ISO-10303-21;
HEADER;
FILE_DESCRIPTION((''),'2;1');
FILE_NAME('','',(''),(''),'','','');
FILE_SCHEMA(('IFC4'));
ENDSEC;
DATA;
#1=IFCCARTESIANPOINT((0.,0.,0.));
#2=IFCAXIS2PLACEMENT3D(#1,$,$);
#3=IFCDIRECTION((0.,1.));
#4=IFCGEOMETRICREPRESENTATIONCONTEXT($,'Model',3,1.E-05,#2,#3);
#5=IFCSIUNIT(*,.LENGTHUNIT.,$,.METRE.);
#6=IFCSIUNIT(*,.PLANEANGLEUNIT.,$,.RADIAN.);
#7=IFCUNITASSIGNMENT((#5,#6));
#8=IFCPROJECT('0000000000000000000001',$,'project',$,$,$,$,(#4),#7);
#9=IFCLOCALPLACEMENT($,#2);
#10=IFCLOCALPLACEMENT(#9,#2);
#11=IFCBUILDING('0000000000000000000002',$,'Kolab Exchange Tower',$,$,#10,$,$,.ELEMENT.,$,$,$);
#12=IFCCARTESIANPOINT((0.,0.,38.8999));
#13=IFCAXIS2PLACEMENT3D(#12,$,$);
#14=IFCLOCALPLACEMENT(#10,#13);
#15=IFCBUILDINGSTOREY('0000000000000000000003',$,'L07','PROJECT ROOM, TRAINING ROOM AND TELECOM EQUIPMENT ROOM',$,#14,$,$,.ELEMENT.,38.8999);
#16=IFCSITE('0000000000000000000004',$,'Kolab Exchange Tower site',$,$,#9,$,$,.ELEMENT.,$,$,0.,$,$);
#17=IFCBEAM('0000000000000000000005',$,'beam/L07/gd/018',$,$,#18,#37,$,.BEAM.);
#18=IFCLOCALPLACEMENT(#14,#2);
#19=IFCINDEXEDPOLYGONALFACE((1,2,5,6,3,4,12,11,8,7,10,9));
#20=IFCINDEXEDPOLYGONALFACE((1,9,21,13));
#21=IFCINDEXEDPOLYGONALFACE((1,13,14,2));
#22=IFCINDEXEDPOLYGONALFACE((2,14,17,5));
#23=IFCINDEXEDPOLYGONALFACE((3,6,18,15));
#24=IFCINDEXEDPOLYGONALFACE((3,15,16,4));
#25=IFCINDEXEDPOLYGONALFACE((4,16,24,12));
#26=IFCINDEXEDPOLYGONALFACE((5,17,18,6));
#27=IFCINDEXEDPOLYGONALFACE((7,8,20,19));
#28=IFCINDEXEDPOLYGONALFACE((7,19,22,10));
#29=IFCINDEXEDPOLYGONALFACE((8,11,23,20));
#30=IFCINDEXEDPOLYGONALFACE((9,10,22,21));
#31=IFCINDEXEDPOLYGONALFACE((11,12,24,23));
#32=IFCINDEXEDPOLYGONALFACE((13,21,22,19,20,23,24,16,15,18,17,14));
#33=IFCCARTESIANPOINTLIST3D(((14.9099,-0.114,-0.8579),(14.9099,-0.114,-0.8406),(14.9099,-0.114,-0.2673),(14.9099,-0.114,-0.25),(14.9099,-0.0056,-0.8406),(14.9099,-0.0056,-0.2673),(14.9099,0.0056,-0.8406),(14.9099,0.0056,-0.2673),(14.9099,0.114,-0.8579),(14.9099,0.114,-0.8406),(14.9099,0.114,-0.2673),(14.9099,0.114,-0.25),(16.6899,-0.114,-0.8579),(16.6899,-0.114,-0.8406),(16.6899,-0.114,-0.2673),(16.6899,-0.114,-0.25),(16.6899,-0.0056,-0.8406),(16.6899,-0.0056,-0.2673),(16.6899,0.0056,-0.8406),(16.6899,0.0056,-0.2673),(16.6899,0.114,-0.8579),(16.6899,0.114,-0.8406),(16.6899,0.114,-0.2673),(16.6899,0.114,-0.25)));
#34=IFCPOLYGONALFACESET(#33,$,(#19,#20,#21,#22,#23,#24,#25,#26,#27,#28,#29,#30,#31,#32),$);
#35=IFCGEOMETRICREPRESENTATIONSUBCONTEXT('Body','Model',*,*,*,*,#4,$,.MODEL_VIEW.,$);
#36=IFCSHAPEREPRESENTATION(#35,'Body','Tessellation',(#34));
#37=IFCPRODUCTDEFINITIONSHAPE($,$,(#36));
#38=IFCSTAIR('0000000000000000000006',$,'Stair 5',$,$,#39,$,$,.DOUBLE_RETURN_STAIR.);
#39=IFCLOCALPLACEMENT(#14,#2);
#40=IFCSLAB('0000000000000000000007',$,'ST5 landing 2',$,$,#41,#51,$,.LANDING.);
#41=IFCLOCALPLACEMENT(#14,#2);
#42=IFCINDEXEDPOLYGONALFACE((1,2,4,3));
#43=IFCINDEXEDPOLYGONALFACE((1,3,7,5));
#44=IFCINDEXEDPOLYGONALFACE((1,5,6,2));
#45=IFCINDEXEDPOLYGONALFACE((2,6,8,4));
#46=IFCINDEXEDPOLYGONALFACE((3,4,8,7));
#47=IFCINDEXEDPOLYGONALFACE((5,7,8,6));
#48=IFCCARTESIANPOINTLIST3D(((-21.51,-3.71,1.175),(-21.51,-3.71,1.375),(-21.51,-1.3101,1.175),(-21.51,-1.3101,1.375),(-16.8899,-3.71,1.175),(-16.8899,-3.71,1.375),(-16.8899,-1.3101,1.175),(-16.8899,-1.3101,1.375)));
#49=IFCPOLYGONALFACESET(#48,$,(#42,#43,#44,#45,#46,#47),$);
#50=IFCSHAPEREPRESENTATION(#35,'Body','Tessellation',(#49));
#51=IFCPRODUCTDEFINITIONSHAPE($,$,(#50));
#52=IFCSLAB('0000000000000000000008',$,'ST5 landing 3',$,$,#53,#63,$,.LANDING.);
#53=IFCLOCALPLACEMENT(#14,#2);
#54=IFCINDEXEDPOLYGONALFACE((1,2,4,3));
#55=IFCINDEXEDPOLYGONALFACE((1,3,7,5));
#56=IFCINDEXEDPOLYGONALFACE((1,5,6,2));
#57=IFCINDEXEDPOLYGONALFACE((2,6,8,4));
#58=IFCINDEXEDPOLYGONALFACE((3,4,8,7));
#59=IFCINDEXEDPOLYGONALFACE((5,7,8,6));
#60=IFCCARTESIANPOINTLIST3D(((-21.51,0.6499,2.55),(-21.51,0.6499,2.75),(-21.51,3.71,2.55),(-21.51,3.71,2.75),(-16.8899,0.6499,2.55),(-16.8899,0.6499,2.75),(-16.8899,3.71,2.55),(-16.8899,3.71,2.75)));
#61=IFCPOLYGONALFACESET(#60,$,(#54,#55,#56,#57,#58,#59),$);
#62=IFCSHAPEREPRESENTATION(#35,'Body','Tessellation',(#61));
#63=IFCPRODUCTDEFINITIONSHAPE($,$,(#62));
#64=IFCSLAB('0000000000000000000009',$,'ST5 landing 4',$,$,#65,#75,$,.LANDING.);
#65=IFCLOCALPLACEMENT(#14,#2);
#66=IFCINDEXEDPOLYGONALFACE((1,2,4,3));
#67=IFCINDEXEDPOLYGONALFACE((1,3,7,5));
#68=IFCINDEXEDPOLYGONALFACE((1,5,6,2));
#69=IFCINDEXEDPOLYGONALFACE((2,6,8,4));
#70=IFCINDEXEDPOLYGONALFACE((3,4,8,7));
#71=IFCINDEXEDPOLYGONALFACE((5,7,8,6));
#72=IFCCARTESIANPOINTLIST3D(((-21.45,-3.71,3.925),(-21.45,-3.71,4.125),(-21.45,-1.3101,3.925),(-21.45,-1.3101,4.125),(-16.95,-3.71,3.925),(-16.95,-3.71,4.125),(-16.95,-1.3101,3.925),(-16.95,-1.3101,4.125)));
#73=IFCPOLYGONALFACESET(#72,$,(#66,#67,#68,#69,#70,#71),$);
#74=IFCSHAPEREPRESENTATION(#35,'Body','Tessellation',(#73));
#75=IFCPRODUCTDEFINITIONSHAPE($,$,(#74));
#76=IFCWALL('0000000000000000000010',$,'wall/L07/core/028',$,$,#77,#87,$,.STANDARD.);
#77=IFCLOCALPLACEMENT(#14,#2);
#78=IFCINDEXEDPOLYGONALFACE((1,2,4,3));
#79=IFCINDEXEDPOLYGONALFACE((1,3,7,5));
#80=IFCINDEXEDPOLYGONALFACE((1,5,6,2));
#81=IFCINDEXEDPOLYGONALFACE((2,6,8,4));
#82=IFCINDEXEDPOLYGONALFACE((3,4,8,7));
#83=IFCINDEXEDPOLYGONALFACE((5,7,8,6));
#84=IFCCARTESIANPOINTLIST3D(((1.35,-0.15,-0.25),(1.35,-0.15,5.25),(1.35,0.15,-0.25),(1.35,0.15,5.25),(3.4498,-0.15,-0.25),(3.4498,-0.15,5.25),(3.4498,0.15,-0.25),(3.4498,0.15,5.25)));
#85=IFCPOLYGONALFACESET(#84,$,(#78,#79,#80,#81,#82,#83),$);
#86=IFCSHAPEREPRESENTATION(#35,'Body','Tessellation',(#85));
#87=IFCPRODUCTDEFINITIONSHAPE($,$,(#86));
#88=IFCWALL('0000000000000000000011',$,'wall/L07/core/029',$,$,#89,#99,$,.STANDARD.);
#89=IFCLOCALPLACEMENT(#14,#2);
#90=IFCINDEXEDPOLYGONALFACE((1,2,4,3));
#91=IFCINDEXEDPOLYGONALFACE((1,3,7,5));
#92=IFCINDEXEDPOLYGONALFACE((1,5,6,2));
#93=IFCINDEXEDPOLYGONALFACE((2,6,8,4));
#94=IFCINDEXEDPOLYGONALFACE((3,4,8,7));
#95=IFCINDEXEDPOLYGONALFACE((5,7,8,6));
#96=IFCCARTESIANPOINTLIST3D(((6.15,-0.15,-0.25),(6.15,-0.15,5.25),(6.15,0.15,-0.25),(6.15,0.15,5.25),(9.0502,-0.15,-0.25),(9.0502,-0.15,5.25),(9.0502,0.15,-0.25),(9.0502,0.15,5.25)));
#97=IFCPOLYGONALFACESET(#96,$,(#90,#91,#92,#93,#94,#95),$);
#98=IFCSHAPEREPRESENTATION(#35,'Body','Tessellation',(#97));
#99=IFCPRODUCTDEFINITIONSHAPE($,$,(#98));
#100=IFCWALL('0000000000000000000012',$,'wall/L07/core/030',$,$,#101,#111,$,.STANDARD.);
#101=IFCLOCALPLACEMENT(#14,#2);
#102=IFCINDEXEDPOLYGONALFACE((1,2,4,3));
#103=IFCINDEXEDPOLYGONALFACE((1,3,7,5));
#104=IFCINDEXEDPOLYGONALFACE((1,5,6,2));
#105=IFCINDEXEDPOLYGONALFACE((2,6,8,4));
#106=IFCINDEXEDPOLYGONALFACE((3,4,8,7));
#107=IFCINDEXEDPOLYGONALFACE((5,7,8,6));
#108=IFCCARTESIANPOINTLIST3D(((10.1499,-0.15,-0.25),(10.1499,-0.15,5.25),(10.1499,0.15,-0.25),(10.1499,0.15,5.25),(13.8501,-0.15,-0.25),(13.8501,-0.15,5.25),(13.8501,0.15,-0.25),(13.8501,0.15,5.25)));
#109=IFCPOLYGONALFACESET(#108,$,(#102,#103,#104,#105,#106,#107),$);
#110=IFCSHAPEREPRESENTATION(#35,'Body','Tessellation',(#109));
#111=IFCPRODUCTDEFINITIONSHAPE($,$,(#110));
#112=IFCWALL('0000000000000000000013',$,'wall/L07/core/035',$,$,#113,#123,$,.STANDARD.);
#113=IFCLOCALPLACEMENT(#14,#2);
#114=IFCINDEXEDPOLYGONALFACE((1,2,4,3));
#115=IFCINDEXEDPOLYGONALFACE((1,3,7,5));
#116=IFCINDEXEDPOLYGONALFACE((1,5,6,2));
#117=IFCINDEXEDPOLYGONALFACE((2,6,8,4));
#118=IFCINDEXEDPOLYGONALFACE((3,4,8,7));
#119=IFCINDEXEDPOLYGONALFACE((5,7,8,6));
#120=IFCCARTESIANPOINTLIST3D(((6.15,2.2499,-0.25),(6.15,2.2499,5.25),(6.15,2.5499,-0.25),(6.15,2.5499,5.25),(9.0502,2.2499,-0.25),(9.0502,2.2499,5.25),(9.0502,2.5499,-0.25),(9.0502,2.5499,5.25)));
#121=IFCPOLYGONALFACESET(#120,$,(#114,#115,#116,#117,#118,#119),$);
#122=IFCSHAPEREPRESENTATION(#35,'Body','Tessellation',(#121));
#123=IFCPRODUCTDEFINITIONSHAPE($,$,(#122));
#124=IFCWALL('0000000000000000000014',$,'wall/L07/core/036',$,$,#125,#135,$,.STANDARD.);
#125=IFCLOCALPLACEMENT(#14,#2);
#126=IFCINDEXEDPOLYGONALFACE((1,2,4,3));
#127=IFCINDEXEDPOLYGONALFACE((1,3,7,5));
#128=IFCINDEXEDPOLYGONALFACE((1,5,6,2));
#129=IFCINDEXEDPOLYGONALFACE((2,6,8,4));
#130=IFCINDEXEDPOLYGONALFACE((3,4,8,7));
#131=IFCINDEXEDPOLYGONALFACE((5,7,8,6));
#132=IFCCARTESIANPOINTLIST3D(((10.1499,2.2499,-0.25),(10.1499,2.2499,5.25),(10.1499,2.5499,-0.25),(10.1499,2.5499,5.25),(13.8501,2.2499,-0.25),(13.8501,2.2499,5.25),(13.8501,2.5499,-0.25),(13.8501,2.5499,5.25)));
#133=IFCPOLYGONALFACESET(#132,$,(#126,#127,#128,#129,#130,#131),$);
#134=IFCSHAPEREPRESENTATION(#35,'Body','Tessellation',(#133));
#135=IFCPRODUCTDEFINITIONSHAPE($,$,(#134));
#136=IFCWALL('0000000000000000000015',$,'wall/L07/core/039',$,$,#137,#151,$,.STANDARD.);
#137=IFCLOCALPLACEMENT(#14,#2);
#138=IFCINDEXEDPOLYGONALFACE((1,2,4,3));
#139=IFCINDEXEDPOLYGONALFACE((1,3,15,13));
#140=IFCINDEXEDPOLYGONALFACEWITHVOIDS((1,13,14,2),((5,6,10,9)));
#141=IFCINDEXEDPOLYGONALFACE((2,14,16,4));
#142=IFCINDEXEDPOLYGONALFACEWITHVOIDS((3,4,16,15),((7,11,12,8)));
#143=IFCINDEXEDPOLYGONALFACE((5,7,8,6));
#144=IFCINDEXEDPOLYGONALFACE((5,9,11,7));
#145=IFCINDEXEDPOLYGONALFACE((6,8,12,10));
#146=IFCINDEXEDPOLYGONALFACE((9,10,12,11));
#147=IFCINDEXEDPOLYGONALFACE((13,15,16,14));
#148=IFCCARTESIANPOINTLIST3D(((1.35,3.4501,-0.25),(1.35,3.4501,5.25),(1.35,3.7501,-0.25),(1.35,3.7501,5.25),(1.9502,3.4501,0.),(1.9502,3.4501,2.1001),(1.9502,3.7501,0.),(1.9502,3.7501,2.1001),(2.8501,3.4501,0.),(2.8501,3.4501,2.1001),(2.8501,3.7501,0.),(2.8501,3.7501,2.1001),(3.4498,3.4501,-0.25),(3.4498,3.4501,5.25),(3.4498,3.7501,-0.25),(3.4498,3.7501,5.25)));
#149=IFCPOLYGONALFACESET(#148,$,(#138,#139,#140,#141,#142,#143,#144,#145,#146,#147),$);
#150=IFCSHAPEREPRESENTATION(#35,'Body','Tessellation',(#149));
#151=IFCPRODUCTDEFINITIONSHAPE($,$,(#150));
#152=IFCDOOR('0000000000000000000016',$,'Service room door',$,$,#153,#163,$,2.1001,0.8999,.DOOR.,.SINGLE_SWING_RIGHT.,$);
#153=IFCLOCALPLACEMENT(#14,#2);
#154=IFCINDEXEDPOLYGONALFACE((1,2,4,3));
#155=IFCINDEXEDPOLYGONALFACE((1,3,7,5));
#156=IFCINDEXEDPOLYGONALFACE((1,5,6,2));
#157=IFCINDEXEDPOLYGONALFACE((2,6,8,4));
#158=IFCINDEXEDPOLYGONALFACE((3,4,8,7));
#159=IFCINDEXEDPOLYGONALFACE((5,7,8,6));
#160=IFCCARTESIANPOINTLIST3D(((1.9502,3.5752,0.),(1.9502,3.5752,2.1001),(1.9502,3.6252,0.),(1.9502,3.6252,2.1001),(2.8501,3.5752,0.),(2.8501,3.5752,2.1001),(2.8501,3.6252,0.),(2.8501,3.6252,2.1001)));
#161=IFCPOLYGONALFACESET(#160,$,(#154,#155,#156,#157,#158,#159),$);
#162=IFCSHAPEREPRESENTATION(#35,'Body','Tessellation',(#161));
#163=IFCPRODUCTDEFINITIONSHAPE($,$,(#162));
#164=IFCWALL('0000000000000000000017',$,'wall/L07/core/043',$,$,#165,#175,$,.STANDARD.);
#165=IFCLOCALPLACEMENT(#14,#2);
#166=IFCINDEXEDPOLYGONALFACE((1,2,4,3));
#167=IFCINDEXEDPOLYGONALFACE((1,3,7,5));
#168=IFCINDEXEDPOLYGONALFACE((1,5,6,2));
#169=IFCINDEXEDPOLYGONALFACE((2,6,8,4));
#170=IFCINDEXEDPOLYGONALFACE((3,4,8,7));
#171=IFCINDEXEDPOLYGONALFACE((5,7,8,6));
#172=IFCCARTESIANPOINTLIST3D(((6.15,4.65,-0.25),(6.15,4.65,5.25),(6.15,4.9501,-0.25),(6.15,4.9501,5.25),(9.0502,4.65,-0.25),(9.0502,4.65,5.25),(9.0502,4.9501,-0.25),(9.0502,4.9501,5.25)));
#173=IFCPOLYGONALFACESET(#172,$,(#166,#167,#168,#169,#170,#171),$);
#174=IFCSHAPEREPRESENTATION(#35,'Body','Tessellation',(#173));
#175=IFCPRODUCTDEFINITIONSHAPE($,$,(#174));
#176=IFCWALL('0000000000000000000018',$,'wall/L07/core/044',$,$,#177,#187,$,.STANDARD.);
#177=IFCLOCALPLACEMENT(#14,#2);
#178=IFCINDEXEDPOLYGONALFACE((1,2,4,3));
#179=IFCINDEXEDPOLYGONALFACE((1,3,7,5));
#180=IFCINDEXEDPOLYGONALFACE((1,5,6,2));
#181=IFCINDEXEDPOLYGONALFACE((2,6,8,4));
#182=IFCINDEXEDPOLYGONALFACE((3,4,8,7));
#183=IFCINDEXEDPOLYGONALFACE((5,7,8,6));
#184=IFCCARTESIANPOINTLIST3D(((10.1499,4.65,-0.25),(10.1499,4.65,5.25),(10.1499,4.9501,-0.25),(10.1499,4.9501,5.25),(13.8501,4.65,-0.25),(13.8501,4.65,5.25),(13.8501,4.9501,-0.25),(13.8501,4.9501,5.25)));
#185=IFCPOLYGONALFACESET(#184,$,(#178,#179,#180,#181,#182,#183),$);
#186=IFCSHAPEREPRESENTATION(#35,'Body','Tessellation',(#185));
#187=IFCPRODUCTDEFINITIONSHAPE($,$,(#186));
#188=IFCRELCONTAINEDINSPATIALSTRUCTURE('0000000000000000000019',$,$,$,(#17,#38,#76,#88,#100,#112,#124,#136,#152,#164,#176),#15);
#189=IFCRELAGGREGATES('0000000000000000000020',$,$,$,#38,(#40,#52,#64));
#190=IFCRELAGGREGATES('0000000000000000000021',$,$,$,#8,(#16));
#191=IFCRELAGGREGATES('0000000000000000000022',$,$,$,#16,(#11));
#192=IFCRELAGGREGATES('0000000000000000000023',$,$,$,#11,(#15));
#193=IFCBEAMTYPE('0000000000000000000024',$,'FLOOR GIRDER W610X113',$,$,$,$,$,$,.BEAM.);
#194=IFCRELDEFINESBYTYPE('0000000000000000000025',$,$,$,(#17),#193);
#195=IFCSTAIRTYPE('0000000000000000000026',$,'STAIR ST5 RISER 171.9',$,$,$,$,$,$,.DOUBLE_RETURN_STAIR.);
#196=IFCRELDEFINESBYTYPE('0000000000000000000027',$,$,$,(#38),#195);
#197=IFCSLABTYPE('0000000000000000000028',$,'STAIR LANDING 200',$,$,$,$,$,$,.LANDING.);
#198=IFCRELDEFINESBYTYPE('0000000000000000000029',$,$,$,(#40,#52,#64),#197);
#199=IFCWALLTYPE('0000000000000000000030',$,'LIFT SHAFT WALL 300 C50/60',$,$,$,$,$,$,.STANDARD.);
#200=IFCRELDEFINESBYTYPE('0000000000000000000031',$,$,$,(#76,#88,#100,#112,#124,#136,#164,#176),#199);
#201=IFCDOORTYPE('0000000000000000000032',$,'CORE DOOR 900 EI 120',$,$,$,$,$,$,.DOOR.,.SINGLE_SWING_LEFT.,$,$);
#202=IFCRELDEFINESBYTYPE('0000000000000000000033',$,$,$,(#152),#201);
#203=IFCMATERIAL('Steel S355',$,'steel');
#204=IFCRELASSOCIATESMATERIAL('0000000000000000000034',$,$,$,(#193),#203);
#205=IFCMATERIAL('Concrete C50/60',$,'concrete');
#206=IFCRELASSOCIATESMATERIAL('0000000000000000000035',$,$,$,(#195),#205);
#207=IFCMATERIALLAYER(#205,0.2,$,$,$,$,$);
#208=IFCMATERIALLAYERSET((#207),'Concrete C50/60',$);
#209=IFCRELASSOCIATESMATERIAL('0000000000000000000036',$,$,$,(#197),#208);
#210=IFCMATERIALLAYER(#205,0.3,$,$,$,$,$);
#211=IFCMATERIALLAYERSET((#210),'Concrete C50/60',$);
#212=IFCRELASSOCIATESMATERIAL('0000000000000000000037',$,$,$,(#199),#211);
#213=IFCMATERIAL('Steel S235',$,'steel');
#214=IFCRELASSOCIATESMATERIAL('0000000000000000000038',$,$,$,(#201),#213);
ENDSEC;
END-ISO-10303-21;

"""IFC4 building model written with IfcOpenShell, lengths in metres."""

from ifc_helpers import new_model, si_unit, direction, frame, frame_2d, origin, origin_2d, place, context, subcontext, project, spatial, polyline, rectangle, i_section, outline, extrude, material, layer, layer_set, material_profile, profile_set, type_object, element, fill, aggregate, save


model = new_model("IFC4")

# Units and contexts
model_context = context("Model", 3, precision=1e-05, world=origin(), true_north=direction((0.0, 1.0)))
body_context = subcontext(model_context, "Body", "Model", "MODEL_VIEW")
ifc_project = project(units=[si_unit("LENGTHUNIT", "METRE"), si_unit("PLANEANGLEUNIT", "RADIAN")], contexts=[model_context])

# Site, building, storey
site_placement = place(None, origin())
site = spatial("IfcSite", under=ifc_project, at=site_placement, Name="Kolab Exchange Tower site", CompositionType="ELEMENT", RefElevation=0.0)
building_placement = place(site_placement, origin())
building = spatial("IfcBuilding", under=site, at=building_placement, Name="Kolab Exchange Tower", CompositionType="ELEMENT")
storey_placement = place(building_placement, frame((0.0, 0.0, 38.8999)))
storey = spatial("IfcBuildingStorey", under=building, at=storey_placement, Name="L07", Description="PROJECT ROOM, TRAINING ROOM AND TELECOM EQUIPMENT ROOM", CompositionType="ELEMENT", Elevation=38.8999)

# Beam
ifc_material_1 = material(Name="Steel S355", Category="steel")
ifc_material_profile = material_profile(ifc_material_1, i_section(OverallWidth=0.228, OverallDepth=0.6079, WebThickness=0.0112, FlangeThickness=0.0173, at=origin_2d()), Name="W610X113")
ifc_profile_set = profile_set([ifc_material_profile], Name="Steel S355")
beam_type = type_object("IfcBeamType", Name="FLOOR GIRDER W610X113", PredefinedType="BEAM", material=ifc_profile_set)
beam_placement = place(storey_placement, frame((14.9099, 0.0, -0.554), z_axis=(1.0, 0.0, 0.0), x_axis=(0.0, 1.0, 0.0)))
element("IfcBeam", 1, at=beam_placement, inside=storey, type_object=beam_type, Name="beam/L07/gd/018", PredefinedType="BEAM", context=body_context, shape_type="SweptSolid", body=[
    extrude(i_section(OverallWidth=0.228, OverallDepth=0.6079, WebThickness=0.0112, FlangeThickness=0.0173, at=origin_2d()), origin(), (0.0, 0.0, 1.0), 1.78),
])

# Stair, slabs
ifc_material_2 = material(Name="Concrete C50/60", Category="concrete")
stair_type_1 = type_object("IfcStairType", Name="STAIR ST5 RISER 171.9", PredefinedType="DOUBLE_RETURN_STAIR", material=ifc_material_2)
stair_1_placement = place(storey_placement, origin())
stair_1 = element("IfcStair", 2, at=stair_1_placement, inside=storey, type_object=stair_type_1, Name="Stair 5", PredefinedType="DOUBLE_RETURN_STAIR")
ifc_layer_1 = layer(ifc_material_2, 0.2)
ifc_layer_set_1 = layer_set([ifc_layer_1], Name="Concrete C50/60")
slab_type = type_object("IfcSlabType", Name="STAIR LANDING 200", PredefinedType="LANDING", material=ifc_layer_set_1)
slab_1_placement = place(storey_placement, frame((0.0, 0.0, 1.175)))
slab_1 = element("IfcSlab", 3, at=slab_1_placement, type_object=slab_type, Name="ST5 landing 2", PredefinedType="LANDING", context=body_context, shape_type="SweptSolid", body=[
    extrude(outline(polyline([(-21.51, -3.71), (-16.8899, -3.71), (-16.8899, -1.3101), (-21.51, -1.3101), (-21.51, -3.71)])), origin(), (0.0, 0.0, 1.0), 0.2),
])
slab_2_placement = place(storey_placement, frame((0.0, 0.0, 2.55)))
slab_2 = element("IfcSlab", 4, at=slab_2_placement, type_object=slab_type, Name="ST5 landing 3", PredefinedType="LANDING", context=body_context, shape_type="SweptSolid", body=[
    extrude(outline(polyline([(-21.51, 0.6499), (-16.8899, 0.6499), (-16.8899, 3.71), (-21.51, 3.71), (-21.51, 0.6499)])), origin(), (0.0, 0.0, 1.0), 0.2),
])
slab_3_placement = place(storey_placement, frame((0.0, 0.0, 3.925)))
slab_3 = element("IfcSlab", 5, at=slab_3_placement, type_object=slab_type, Name="ST5 landing 4", PredefinedType="LANDING", context=body_context, shape_type="SweptSolid", body=[
    extrude(outline(polyline([(-21.45, -3.71), (-16.95, -3.71), (-16.95, -1.3101), (-21.45, -1.3101), (-21.45, -3.71)])), origin(), (0.0, 0.0, 1.0), 0.2),
])
aggregate(stair_1, [slab_1, slab_2, slab_3])

# Walls
ifc_layer_2 = layer(ifc_material_2, 0.3)
ifc_layer_set_2 = layer_set([ifc_layer_2], Name="Concrete C50/60")
wall_type_1 = type_object("IfcWallType", Name="LIFT SHAFT WALL 300 C50/60", PredefinedType="STANDARD", material=ifc_layer_set_2)
wall_1_placement = place(storey_placement, frame((1.3501, 0.0, -0.25), z_axis=(0.0, 0.0, 1.0), x_axis=(1.0, 0.0, 0.0)))
element("IfcWall", 6, at=wall_1_placement, inside=storey, type_object=wall_type_1, Name="wall/L07/core/028", PredefinedType="STANDARD", context=body_context, shape_type="SweptSolid", body=[
    extrude(rectangle(XDim=2.0999, YDim=0.3, at=frame_2d((1.0498, 0.0))), origin(), (0.0, 0.0, 1.0), 5.5),
])
wall_2_placement = place(storey_placement, frame((6.1499, 0.0, -0.25), z_axis=(0.0, 0.0, 1.0), x_axis=(1.0, 0.0, 0.0)))
element("IfcWall", 7, at=wall_2_placement, inside=storey, type_object=wall_type_1, Name="wall/L07/core/029", PredefinedType="STANDARD", context=body_context, shape_type="SweptSolid", body=[
    extrude(rectangle(XDim=2.9001, YDim=0.3, at=frame_2d((1.4502, 0.0))), origin(), (0.0, 0.0, 1.0), 5.5),
])
wall_3_placement = place(storey_placement, frame((10.1499, 0.0, -0.25), z_axis=(0.0, 0.0, 1.0), x_axis=(1.0, 0.0, 0.0)))
element("IfcWall", 8, at=wall_3_placement, inside=storey, type_object=wall_type_1, Name="wall/L07/core/030", PredefinedType="STANDARD", context=body_context, shape_type="SweptSolid", body=[
    extrude(rectangle(XDim=3.7002, YDim=0.3, at=frame_2d((1.8501, 0.0))), origin(), (0.0, 0.0, 1.0), 5.5),
])
wall_4_placement = place(storey_placement, frame((6.1499, 2.3999, -0.25), z_axis=(0.0, 0.0, 1.0), x_axis=(1.0, 0.0, 0.0)))
element("IfcWall", 9, at=wall_4_placement, inside=storey, type_object=wall_type_1, Name="wall/L07/core/035", PredefinedType="STANDARD", context=body_context, shape_type="SweptSolid", body=[
    extrude(rectangle(XDim=2.9001, YDim=0.3, at=frame_2d((1.4502, 0.0))), origin(), (0.0, 0.0, 1.0), 5.5),
])
wall_5_placement = place(storey_placement, frame((10.1499, 2.3999, -0.25), z_axis=(0.0, 0.0, 1.0), x_axis=(1.0, 0.0, 0.0)))
element("IfcWall", 10, at=wall_5_placement, inside=storey, type_object=wall_type_1, Name="wall/L07/core/036", PredefinedType="STANDARD", context=body_context, shape_type="SweptSolid", body=[
    extrude(rectangle(XDim=3.7002, YDim=0.3, at=frame_2d((1.8501, 0.0))), origin(), (0.0, 0.0, 1.0), 5.5),
])

# Wall, opening, door
wall_6_placement = place(storey_placement, frame((1.3501, 3.6001, -0.25), z_axis=(0.0, 0.0, 1.0), x_axis=(1.0, 0.0, 0.0)))
wall_6 = element("IfcWall", 11, at=wall_6_placement, inside=storey, type_object=wall_type_1, Name="wall/L07/core/039", PredefinedType="STANDARD", context=body_context, shape_type="SweptSolid", body=[
    extrude(rectangle(XDim=2.0999, YDim=0.3, at=frame_2d((1.0498, 0.0))), origin(), (0.0, 0.0, 1.0), 5.5),
])
opening_1_placement = place(wall_6_placement, frame((0.6001, 0.0, 0.25)))
opening_1 = element("IfcOpeningElement", 12, at=opening_1_placement, cuts=wall_6, PredefinedType="OPENING", context=body_context, shape_type="SweptSolid", body=[
    extrude(rectangle(XDim=0.8999, YDim=2.1001, at=frame_2d((0.45, 1.05))), frame((0.0, 0.1602, 0.0), z_axis=(0.0, -1.0, 0.0), x_axis=(1.0, 0.0, 0.0)), (0.0, 0.0, 1.0), 0.3201),
])
ifc_material_3 = material(Name="Steel S235", Category="steel")
door_type_1 = type_object("IfcDoorType", Name="CORE DOOR 900 EI 120", OperationType="SINGLE_SWING_LEFT", PredefinedType="DOOR", material=ifc_material_3)
door_1_placement = place(opening_1_placement, frame((0.8999, 0.0, 0.0), z_axis=(0.0, 0.0, 1.0), x_axis=(-1.0, 0.0, 0.0)))
door_1 = element("IfcDoor", 13, at=door_1_placement, inside=storey, type_object=door_type_1, Name="Service room door", OperationType="SINGLE_SWING_RIGHT", OverallHeight=2.1001, OverallWidth=0.8999, PredefinedType="DOOR", context=body_context, shape_type="SweptSolid", body=[
    extrude(rectangle(XDim=0.8999, YDim=2.1001, at=frame_2d((0.45, 1.05))), frame((0.0, 0.0249, 0.0), z_axis=(0.0, -1.0, 0.0), x_axis=(1.0, 0.0, 0.0)), (0.0, 0.0, 1.0), 0.05),
])
fill(opening_1, door_1)

# Walls
wall_7_placement = place(storey_placement, frame((6.1499, 4.8, -0.25), z_axis=(0.0, 0.0, 1.0), x_axis=(1.0, 0.0, 0.0)))
element("IfcWall", 14, at=wall_7_placement, inside=storey, type_object=wall_type_1, Name="wall/L07/core/043", PredefinedType="STANDARD", context=body_context, shape_type="SweptSolid", body=[
    extrude(rectangle(XDim=2.9001, YDim=0.3, at=frame_2d((1.4502, 0.0))), origin(), (0.0, 0.0, 1.0), 5.5),
])
wall_8_placement = place(storey_placement, frame((10.1499, 4.8, -0.25), z_axis=(0.0, 0.0, 1.0), x_axis=(1.0, 0.0, 0.0)))
element("IfcWall", 15, at=wall_8_placement, inside=storey, type_object=wall_type_1, Name="wall/L07/core/044", PredefinedType="STANDARD", context=body_context, shape_type="SweptSolid", body=[
    extrude(rectangle(XDim=3.7002, YDim=0.3, at=frame_2d((1.8501, 0.0))), origin(), (0.0, 0.0, 1.0), 5.5),
])

save(model, "model.ifc")
